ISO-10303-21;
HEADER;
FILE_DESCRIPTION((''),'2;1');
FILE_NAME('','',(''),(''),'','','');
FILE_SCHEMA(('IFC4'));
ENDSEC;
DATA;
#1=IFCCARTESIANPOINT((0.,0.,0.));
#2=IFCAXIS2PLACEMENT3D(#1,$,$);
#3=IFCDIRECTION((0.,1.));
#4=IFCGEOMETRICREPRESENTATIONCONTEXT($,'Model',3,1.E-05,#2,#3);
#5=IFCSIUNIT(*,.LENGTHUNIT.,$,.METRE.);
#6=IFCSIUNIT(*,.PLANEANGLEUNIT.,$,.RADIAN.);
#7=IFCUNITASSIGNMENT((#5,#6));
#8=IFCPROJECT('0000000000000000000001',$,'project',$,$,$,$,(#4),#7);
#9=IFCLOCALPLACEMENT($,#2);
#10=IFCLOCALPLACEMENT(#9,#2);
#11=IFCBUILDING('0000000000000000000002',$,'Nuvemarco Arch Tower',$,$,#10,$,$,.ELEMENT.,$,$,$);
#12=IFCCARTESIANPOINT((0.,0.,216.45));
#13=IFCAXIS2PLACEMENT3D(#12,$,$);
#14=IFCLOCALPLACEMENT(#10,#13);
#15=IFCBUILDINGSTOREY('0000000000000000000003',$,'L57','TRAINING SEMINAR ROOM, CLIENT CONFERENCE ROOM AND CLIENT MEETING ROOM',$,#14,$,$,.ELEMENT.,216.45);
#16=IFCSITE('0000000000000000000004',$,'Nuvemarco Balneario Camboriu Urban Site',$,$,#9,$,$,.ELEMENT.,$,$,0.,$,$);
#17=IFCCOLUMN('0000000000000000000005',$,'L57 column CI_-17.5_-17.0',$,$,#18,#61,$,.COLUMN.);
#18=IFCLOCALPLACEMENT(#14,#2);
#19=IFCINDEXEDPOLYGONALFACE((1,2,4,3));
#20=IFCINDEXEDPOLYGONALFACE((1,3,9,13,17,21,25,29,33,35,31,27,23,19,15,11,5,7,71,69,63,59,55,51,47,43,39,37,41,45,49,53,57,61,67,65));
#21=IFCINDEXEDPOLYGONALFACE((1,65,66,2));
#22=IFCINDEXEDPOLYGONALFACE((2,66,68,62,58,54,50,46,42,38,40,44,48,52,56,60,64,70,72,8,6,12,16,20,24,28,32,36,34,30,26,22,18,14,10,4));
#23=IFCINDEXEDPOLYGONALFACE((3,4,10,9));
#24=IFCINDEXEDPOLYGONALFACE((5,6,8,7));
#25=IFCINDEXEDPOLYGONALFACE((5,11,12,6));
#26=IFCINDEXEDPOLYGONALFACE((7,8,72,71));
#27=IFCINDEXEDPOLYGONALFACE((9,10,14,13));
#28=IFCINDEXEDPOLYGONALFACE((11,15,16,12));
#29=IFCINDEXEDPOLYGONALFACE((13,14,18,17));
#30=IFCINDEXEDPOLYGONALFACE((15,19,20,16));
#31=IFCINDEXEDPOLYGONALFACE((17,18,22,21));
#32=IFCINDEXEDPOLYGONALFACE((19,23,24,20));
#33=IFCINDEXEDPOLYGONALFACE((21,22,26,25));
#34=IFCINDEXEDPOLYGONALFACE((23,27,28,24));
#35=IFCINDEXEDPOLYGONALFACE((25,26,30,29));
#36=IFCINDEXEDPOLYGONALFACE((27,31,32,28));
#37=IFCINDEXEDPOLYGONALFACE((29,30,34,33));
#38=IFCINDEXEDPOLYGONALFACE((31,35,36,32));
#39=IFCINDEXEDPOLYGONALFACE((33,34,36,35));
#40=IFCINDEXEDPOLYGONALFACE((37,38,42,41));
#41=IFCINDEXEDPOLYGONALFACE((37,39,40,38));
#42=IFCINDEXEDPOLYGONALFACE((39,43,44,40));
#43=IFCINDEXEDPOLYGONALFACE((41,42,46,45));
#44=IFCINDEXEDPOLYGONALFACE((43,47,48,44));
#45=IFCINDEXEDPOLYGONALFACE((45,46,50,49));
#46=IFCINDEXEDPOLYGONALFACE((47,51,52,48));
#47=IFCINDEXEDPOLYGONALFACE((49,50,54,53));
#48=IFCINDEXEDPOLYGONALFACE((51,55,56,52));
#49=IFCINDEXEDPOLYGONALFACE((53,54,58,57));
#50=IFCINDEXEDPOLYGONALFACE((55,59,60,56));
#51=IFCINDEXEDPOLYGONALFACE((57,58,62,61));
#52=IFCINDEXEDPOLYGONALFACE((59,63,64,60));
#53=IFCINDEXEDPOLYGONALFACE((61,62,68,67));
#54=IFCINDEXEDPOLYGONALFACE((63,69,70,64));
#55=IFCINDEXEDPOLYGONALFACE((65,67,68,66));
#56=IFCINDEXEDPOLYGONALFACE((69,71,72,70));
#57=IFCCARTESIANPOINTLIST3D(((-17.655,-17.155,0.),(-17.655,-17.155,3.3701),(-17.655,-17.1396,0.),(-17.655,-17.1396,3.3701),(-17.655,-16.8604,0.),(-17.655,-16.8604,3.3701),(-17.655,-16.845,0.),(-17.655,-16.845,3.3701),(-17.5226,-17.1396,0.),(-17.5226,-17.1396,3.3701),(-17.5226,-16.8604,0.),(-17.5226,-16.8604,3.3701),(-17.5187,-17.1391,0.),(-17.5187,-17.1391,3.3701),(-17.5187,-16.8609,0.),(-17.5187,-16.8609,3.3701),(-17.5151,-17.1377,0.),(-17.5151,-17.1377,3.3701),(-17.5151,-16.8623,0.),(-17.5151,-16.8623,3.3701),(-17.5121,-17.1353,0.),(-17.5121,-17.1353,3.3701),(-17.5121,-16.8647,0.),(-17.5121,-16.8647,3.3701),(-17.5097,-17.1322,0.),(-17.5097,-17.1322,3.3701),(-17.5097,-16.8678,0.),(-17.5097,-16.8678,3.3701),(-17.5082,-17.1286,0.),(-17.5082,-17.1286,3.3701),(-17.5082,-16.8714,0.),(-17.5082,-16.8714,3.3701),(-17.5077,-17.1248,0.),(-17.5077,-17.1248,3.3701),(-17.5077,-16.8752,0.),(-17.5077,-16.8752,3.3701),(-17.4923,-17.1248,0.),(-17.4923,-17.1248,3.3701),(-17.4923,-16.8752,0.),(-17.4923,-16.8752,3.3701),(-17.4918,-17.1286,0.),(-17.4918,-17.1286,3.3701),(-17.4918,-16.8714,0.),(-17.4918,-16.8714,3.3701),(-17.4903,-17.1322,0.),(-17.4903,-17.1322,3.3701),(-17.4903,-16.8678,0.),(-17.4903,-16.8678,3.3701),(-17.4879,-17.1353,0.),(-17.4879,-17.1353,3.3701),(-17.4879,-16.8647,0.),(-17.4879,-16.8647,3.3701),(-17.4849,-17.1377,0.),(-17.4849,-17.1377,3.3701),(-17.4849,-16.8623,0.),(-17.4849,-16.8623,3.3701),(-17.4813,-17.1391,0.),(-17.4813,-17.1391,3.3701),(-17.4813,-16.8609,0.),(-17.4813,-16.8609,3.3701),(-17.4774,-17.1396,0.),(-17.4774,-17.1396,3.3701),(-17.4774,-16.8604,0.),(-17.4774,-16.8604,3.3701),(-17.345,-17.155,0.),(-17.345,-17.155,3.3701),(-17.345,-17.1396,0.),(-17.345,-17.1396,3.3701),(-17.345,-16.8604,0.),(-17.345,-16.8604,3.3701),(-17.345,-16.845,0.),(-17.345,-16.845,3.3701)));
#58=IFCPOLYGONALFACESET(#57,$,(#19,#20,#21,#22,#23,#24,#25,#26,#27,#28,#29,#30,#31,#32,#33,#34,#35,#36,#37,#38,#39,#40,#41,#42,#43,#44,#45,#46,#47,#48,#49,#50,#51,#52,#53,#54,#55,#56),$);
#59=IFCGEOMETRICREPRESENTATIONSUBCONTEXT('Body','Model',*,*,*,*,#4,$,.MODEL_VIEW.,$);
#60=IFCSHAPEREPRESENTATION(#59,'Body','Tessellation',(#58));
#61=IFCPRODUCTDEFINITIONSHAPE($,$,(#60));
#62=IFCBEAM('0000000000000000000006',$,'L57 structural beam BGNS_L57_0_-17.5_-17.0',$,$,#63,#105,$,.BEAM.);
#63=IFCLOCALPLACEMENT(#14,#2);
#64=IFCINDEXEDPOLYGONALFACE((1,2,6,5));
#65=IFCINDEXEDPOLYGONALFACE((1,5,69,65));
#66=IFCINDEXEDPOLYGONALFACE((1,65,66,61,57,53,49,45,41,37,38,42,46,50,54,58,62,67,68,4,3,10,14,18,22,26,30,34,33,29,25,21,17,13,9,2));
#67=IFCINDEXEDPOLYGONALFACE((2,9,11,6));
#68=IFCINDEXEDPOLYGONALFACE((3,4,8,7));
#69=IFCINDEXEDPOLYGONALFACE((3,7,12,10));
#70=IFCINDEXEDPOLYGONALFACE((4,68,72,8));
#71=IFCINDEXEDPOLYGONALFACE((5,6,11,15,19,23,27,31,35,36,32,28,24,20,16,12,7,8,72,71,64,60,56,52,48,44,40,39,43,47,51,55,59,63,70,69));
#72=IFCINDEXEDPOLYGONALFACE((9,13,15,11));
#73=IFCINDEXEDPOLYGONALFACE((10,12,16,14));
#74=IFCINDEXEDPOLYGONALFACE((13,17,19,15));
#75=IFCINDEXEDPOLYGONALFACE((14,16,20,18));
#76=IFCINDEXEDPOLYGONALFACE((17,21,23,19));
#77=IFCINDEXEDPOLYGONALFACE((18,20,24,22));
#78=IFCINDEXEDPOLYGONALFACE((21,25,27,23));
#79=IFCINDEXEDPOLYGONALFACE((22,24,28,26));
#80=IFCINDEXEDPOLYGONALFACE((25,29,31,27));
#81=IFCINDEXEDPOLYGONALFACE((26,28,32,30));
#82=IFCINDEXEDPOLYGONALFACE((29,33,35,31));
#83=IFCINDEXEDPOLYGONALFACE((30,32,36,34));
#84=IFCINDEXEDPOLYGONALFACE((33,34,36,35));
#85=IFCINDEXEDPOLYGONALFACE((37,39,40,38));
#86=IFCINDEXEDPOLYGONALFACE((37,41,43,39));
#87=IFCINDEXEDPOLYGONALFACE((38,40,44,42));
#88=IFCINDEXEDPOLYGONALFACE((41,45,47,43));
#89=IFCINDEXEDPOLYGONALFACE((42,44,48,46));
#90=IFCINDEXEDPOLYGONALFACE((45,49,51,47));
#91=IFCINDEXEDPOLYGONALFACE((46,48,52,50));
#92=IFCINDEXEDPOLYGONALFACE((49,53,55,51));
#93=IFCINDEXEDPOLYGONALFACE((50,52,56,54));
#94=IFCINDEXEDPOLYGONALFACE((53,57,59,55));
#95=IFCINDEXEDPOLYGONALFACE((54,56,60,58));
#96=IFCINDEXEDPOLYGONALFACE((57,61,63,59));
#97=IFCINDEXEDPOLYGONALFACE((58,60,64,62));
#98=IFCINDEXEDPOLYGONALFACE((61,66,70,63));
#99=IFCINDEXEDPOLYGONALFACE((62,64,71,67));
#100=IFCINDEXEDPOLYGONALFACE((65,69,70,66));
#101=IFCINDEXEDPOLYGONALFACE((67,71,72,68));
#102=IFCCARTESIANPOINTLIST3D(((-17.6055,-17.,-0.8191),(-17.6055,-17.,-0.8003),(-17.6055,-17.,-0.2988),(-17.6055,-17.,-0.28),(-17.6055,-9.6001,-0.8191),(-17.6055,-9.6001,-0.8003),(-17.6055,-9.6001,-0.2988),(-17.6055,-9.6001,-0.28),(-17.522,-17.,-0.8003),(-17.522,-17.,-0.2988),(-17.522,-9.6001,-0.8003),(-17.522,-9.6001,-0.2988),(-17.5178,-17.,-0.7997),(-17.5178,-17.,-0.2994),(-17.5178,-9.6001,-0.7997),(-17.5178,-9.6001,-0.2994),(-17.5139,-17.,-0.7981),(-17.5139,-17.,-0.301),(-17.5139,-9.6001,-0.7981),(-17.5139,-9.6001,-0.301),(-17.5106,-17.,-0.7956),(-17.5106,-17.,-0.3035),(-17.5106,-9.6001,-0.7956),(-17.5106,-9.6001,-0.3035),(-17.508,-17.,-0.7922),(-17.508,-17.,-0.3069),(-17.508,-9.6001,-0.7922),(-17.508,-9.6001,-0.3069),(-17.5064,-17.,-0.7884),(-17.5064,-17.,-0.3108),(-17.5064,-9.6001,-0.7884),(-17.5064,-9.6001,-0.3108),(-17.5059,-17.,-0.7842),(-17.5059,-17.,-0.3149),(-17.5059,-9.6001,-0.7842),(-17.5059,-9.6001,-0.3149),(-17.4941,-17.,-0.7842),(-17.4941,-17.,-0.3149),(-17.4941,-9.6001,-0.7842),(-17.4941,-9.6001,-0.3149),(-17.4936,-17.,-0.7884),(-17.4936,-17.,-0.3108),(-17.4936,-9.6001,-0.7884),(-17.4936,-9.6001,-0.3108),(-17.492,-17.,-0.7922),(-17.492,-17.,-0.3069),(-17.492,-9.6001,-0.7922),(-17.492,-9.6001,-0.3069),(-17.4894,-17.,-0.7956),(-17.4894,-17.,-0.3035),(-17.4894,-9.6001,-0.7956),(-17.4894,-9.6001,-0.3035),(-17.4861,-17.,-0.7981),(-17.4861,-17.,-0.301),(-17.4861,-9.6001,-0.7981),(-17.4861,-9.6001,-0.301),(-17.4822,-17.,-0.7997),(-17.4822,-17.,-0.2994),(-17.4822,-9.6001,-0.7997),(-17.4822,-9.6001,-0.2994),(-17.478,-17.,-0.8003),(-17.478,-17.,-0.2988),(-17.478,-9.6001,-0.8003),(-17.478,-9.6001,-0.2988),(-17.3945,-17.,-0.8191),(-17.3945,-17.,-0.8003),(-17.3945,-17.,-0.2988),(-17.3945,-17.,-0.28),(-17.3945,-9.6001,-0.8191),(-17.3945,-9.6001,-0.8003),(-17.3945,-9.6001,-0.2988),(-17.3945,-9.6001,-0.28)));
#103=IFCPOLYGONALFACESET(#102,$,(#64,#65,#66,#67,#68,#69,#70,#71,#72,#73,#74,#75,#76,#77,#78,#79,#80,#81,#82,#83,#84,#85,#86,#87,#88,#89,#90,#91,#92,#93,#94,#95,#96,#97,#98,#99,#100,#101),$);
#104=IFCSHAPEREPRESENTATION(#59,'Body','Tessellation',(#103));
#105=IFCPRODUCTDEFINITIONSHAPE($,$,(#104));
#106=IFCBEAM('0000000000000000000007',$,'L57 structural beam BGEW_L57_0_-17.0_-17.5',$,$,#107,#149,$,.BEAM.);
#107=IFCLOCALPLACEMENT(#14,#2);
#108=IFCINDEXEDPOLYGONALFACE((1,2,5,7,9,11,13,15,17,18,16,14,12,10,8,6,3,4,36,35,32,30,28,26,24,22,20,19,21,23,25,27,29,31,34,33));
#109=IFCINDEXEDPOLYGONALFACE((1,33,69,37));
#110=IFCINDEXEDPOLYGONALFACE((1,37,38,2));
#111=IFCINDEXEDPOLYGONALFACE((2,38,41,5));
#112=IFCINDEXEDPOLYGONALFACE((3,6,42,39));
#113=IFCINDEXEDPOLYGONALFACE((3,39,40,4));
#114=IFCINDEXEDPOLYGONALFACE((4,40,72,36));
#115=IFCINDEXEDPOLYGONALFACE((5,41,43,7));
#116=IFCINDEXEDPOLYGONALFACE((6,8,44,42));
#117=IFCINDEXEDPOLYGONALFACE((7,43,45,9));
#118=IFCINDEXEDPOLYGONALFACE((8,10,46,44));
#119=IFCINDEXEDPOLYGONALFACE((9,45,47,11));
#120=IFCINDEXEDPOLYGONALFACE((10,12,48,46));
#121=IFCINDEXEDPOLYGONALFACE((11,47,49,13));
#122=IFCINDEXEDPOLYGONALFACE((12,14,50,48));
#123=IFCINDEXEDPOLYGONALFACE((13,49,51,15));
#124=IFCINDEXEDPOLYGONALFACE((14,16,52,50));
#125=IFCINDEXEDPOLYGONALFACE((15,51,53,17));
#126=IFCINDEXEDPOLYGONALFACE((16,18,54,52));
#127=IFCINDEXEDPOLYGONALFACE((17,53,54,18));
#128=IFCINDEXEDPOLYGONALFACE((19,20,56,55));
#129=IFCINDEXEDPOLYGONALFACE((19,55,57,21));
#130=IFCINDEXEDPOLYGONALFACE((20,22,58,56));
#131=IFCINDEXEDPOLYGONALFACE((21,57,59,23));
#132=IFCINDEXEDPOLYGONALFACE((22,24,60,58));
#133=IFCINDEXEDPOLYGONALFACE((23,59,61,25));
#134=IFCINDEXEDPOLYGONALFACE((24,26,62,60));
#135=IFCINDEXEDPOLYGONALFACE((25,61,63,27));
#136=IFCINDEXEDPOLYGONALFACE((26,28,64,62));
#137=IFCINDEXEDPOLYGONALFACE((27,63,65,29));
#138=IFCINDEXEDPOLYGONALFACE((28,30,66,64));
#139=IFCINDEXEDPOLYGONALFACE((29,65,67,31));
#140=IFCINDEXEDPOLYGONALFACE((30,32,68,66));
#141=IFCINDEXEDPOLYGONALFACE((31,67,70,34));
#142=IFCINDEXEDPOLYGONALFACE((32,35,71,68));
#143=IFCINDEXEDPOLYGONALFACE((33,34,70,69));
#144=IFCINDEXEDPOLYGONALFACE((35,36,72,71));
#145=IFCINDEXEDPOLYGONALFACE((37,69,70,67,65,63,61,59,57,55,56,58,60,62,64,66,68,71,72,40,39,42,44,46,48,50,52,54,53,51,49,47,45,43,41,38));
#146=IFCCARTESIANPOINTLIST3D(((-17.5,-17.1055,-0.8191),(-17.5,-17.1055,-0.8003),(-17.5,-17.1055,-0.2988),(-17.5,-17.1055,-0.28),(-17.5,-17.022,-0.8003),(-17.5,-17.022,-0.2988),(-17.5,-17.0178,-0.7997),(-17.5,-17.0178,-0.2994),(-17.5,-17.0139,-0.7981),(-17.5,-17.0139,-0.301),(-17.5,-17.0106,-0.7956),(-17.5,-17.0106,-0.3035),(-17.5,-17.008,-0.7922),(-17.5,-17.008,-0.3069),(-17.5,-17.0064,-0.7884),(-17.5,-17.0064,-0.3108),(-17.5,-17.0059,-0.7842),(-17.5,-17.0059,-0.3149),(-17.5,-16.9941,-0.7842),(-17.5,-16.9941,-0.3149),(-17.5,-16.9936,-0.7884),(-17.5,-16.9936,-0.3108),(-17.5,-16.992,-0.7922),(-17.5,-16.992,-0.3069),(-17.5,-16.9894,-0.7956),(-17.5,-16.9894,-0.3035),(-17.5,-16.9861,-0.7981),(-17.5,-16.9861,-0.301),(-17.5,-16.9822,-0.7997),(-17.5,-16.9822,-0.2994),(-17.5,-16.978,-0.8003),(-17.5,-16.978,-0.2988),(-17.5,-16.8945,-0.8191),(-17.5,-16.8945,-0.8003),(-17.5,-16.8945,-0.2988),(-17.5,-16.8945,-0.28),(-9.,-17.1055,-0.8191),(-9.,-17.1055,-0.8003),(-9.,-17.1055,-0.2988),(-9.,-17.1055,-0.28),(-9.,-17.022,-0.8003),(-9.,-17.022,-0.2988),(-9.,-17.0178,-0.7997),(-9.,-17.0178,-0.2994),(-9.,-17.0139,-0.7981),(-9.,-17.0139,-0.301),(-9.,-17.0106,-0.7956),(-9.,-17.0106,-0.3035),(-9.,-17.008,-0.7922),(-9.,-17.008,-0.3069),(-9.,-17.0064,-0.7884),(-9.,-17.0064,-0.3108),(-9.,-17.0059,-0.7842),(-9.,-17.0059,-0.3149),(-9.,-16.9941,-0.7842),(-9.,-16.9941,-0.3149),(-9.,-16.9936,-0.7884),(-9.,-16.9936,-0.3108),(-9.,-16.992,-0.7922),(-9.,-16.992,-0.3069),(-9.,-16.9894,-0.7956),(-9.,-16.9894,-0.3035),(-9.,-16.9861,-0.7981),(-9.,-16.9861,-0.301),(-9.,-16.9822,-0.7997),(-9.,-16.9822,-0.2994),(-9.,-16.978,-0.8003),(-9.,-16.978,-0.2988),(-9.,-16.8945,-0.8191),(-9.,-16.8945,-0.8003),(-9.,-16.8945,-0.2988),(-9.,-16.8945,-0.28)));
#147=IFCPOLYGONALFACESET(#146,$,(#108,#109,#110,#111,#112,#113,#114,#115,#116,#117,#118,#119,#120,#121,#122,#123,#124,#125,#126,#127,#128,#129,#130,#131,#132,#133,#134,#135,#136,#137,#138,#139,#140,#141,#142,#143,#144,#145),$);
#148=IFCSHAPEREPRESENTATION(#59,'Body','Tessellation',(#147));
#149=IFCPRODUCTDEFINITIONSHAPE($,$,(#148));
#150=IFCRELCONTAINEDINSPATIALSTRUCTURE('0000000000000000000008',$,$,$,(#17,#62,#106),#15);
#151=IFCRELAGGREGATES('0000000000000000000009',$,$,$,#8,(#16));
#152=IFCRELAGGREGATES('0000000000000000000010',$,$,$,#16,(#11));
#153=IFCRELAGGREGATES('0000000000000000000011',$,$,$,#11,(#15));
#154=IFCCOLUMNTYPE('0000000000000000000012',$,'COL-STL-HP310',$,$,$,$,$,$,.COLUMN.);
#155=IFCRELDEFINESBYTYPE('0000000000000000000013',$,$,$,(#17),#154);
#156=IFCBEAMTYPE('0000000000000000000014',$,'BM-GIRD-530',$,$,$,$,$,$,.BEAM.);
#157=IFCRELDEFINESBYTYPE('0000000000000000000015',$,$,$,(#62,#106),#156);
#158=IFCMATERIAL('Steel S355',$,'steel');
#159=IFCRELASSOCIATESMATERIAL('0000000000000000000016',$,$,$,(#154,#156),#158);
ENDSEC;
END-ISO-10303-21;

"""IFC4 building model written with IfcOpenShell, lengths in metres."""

from ifc_helpers import new_model, si_unit, direction, frame, origin, origin_2d, place, context, subcontext, project, spatial, i_section, extrude, material, material_profile, profile_set, type_object, element, save


model = new_model("IFC4")

# Units and contexts
model_context = context("Model", 3, precision=1e-05, world=origin(), true_north=direction((0.0, 1.0)))
body_context = subcontext(model_context, "Body", "Model", "MODEL_VIEW")
ifc_project = project(units=[si_unit("LENGTHUNIT", "METRE"), si_unit("PLANEANGLEUNIT", "RADIAN")], contexts=[model_context])

# Site, building, storey
site_placement = place(None, origin())
site = spatial("IfcSite", under=ifc_project, at=site_placement, Name="Nuvemarco Balneario Camboriu Urban Site", CompositionType="ELEMENT", RefElevation=0.0)
building_placement = place(site_placement, origin())
building = spatial("IfcBuilding", under=site, at=building_placement, Name="Nuvemarco Arch Tower", CompositionType="ELEMENT")
storey_placement = place(building_placement, frame((0.0, 0.0, 216.45)))
storey = spatial("IfcBuildingStorey", under=building, at=storey_placement, Name="L57", Description="TRAINING SEMINAR ROOM, CLIENT CONFERENCE ROOM AND CLIENT MEETING ROOM", CompositionType="ELEMENT", Elevation=216.45)

# Column
ifc_material_1 = material(Name="Steel S355", Category="steel")
ifc_material_profile_1 = material_profile(ifc_material_1, i_section(OverallWidth=0.3101, OverallDepth=0.3101, WebThickness=0.0154, FlangeThickness=0.0154, FilletRadius=0.0149, at=origin_2d()), Name="HP310x110")
ifc_profile_set_1 = profile_set([ifc_material_profile_1], Name="Steel S355")
column_type = type_object("IfcColumnType", Name="COL-STL-HP310", PredefinedType="COLUMN", material=ifc_profile_set_1)
column_placement = place(storey_placement, frame((-17.5, -17.0, 0.0), z_axis=(0.0, 0.0, 1.0), x_axis=(1.0, 0.0, 0.0)))
element("IfcColumn", 1, at=column_placement, inside=storey, type_object=column_type, Name="L57 column CI_-17.5_-17.0", PredefinedType="COLUMN", context=body_context, shape_type="SweptSolid", body=[
    extrude(i_section(OverallWidth=0.3101, OverallDepth=0.3101, WebThickness=0.0154, FlangeThickness=0.0154, FilletRadius=0.0149, at=origin_2d()), origin(), (0.0, 0.0, 1.0), 3.3701),
])

# Beams
ifc_material_profile_2 = material_profile(ifc_material_1, i_section(OverallWidth=0.2109, OverallDepth=0.5391, WebThickness=0.0117, FlangeThickness=0.0188, FilletRadius=0.0161, at=origin_2d()), Name="W530x109")
ifc_profile_set_2 = profile_set([ifc_material_profile_2], Name="Steel S355")
beam_type = type_object("IfcBeamType", Name="BM-GIRD-530", PredefinedType="BEAM", material=ifc_profile_set_2)
beam_1_placement = place(storey_placement, frame((-17.5, -17.0, -0.5496), z_axis=(0.0, 1.0, 0.0), x_axis=(-1.0, 0.0, 0.0)))
element("IfcBeam", 2, at=beam_1_placement, inside=storey, type_object=beam_type, Name="L57 structural beam BGNS_L57_0_-17.5_-17.0", PredefinedType="BEAM", context=body_context, shape_type="SweptSolid", body=[
    extrude(i_section(OverallWidth=0.2109, OverallDepth=0.5391, WebThickness=0.0117, FlangeThickness=0.0188, FilletRadius=0.0161, at=origin_2d()), origin(), (0.0, 0.0, 1.0), 7.3999),
])
beam_2_placement = place(storey_placement, frame((-17.5, -17.0, -0.5496), z_axis=(1.0, 0.0, 0.0), x_axis=(0.0, 1.0, 0.0)))
element("IfcBeam", 3, at=beam_2_placement, inside=storey, type_object=beam_type, Name="L57 structural beam BGEW_L57_0_-17.0_-17.5", PredefinedType="BEAM", context=body_context, shape_type="SweptSolid", body=[
    extrude(i_section(OverallWidth=0.2109, OverallDepth=0.5391, WebThickness=0.0117, FlangeThickness=0.0188, FilletRadius=0.0161, at=origin_2d()), origin(), (0.0, 0.0, 1.0), 8.5),
])

save(model, "model.ifc")
